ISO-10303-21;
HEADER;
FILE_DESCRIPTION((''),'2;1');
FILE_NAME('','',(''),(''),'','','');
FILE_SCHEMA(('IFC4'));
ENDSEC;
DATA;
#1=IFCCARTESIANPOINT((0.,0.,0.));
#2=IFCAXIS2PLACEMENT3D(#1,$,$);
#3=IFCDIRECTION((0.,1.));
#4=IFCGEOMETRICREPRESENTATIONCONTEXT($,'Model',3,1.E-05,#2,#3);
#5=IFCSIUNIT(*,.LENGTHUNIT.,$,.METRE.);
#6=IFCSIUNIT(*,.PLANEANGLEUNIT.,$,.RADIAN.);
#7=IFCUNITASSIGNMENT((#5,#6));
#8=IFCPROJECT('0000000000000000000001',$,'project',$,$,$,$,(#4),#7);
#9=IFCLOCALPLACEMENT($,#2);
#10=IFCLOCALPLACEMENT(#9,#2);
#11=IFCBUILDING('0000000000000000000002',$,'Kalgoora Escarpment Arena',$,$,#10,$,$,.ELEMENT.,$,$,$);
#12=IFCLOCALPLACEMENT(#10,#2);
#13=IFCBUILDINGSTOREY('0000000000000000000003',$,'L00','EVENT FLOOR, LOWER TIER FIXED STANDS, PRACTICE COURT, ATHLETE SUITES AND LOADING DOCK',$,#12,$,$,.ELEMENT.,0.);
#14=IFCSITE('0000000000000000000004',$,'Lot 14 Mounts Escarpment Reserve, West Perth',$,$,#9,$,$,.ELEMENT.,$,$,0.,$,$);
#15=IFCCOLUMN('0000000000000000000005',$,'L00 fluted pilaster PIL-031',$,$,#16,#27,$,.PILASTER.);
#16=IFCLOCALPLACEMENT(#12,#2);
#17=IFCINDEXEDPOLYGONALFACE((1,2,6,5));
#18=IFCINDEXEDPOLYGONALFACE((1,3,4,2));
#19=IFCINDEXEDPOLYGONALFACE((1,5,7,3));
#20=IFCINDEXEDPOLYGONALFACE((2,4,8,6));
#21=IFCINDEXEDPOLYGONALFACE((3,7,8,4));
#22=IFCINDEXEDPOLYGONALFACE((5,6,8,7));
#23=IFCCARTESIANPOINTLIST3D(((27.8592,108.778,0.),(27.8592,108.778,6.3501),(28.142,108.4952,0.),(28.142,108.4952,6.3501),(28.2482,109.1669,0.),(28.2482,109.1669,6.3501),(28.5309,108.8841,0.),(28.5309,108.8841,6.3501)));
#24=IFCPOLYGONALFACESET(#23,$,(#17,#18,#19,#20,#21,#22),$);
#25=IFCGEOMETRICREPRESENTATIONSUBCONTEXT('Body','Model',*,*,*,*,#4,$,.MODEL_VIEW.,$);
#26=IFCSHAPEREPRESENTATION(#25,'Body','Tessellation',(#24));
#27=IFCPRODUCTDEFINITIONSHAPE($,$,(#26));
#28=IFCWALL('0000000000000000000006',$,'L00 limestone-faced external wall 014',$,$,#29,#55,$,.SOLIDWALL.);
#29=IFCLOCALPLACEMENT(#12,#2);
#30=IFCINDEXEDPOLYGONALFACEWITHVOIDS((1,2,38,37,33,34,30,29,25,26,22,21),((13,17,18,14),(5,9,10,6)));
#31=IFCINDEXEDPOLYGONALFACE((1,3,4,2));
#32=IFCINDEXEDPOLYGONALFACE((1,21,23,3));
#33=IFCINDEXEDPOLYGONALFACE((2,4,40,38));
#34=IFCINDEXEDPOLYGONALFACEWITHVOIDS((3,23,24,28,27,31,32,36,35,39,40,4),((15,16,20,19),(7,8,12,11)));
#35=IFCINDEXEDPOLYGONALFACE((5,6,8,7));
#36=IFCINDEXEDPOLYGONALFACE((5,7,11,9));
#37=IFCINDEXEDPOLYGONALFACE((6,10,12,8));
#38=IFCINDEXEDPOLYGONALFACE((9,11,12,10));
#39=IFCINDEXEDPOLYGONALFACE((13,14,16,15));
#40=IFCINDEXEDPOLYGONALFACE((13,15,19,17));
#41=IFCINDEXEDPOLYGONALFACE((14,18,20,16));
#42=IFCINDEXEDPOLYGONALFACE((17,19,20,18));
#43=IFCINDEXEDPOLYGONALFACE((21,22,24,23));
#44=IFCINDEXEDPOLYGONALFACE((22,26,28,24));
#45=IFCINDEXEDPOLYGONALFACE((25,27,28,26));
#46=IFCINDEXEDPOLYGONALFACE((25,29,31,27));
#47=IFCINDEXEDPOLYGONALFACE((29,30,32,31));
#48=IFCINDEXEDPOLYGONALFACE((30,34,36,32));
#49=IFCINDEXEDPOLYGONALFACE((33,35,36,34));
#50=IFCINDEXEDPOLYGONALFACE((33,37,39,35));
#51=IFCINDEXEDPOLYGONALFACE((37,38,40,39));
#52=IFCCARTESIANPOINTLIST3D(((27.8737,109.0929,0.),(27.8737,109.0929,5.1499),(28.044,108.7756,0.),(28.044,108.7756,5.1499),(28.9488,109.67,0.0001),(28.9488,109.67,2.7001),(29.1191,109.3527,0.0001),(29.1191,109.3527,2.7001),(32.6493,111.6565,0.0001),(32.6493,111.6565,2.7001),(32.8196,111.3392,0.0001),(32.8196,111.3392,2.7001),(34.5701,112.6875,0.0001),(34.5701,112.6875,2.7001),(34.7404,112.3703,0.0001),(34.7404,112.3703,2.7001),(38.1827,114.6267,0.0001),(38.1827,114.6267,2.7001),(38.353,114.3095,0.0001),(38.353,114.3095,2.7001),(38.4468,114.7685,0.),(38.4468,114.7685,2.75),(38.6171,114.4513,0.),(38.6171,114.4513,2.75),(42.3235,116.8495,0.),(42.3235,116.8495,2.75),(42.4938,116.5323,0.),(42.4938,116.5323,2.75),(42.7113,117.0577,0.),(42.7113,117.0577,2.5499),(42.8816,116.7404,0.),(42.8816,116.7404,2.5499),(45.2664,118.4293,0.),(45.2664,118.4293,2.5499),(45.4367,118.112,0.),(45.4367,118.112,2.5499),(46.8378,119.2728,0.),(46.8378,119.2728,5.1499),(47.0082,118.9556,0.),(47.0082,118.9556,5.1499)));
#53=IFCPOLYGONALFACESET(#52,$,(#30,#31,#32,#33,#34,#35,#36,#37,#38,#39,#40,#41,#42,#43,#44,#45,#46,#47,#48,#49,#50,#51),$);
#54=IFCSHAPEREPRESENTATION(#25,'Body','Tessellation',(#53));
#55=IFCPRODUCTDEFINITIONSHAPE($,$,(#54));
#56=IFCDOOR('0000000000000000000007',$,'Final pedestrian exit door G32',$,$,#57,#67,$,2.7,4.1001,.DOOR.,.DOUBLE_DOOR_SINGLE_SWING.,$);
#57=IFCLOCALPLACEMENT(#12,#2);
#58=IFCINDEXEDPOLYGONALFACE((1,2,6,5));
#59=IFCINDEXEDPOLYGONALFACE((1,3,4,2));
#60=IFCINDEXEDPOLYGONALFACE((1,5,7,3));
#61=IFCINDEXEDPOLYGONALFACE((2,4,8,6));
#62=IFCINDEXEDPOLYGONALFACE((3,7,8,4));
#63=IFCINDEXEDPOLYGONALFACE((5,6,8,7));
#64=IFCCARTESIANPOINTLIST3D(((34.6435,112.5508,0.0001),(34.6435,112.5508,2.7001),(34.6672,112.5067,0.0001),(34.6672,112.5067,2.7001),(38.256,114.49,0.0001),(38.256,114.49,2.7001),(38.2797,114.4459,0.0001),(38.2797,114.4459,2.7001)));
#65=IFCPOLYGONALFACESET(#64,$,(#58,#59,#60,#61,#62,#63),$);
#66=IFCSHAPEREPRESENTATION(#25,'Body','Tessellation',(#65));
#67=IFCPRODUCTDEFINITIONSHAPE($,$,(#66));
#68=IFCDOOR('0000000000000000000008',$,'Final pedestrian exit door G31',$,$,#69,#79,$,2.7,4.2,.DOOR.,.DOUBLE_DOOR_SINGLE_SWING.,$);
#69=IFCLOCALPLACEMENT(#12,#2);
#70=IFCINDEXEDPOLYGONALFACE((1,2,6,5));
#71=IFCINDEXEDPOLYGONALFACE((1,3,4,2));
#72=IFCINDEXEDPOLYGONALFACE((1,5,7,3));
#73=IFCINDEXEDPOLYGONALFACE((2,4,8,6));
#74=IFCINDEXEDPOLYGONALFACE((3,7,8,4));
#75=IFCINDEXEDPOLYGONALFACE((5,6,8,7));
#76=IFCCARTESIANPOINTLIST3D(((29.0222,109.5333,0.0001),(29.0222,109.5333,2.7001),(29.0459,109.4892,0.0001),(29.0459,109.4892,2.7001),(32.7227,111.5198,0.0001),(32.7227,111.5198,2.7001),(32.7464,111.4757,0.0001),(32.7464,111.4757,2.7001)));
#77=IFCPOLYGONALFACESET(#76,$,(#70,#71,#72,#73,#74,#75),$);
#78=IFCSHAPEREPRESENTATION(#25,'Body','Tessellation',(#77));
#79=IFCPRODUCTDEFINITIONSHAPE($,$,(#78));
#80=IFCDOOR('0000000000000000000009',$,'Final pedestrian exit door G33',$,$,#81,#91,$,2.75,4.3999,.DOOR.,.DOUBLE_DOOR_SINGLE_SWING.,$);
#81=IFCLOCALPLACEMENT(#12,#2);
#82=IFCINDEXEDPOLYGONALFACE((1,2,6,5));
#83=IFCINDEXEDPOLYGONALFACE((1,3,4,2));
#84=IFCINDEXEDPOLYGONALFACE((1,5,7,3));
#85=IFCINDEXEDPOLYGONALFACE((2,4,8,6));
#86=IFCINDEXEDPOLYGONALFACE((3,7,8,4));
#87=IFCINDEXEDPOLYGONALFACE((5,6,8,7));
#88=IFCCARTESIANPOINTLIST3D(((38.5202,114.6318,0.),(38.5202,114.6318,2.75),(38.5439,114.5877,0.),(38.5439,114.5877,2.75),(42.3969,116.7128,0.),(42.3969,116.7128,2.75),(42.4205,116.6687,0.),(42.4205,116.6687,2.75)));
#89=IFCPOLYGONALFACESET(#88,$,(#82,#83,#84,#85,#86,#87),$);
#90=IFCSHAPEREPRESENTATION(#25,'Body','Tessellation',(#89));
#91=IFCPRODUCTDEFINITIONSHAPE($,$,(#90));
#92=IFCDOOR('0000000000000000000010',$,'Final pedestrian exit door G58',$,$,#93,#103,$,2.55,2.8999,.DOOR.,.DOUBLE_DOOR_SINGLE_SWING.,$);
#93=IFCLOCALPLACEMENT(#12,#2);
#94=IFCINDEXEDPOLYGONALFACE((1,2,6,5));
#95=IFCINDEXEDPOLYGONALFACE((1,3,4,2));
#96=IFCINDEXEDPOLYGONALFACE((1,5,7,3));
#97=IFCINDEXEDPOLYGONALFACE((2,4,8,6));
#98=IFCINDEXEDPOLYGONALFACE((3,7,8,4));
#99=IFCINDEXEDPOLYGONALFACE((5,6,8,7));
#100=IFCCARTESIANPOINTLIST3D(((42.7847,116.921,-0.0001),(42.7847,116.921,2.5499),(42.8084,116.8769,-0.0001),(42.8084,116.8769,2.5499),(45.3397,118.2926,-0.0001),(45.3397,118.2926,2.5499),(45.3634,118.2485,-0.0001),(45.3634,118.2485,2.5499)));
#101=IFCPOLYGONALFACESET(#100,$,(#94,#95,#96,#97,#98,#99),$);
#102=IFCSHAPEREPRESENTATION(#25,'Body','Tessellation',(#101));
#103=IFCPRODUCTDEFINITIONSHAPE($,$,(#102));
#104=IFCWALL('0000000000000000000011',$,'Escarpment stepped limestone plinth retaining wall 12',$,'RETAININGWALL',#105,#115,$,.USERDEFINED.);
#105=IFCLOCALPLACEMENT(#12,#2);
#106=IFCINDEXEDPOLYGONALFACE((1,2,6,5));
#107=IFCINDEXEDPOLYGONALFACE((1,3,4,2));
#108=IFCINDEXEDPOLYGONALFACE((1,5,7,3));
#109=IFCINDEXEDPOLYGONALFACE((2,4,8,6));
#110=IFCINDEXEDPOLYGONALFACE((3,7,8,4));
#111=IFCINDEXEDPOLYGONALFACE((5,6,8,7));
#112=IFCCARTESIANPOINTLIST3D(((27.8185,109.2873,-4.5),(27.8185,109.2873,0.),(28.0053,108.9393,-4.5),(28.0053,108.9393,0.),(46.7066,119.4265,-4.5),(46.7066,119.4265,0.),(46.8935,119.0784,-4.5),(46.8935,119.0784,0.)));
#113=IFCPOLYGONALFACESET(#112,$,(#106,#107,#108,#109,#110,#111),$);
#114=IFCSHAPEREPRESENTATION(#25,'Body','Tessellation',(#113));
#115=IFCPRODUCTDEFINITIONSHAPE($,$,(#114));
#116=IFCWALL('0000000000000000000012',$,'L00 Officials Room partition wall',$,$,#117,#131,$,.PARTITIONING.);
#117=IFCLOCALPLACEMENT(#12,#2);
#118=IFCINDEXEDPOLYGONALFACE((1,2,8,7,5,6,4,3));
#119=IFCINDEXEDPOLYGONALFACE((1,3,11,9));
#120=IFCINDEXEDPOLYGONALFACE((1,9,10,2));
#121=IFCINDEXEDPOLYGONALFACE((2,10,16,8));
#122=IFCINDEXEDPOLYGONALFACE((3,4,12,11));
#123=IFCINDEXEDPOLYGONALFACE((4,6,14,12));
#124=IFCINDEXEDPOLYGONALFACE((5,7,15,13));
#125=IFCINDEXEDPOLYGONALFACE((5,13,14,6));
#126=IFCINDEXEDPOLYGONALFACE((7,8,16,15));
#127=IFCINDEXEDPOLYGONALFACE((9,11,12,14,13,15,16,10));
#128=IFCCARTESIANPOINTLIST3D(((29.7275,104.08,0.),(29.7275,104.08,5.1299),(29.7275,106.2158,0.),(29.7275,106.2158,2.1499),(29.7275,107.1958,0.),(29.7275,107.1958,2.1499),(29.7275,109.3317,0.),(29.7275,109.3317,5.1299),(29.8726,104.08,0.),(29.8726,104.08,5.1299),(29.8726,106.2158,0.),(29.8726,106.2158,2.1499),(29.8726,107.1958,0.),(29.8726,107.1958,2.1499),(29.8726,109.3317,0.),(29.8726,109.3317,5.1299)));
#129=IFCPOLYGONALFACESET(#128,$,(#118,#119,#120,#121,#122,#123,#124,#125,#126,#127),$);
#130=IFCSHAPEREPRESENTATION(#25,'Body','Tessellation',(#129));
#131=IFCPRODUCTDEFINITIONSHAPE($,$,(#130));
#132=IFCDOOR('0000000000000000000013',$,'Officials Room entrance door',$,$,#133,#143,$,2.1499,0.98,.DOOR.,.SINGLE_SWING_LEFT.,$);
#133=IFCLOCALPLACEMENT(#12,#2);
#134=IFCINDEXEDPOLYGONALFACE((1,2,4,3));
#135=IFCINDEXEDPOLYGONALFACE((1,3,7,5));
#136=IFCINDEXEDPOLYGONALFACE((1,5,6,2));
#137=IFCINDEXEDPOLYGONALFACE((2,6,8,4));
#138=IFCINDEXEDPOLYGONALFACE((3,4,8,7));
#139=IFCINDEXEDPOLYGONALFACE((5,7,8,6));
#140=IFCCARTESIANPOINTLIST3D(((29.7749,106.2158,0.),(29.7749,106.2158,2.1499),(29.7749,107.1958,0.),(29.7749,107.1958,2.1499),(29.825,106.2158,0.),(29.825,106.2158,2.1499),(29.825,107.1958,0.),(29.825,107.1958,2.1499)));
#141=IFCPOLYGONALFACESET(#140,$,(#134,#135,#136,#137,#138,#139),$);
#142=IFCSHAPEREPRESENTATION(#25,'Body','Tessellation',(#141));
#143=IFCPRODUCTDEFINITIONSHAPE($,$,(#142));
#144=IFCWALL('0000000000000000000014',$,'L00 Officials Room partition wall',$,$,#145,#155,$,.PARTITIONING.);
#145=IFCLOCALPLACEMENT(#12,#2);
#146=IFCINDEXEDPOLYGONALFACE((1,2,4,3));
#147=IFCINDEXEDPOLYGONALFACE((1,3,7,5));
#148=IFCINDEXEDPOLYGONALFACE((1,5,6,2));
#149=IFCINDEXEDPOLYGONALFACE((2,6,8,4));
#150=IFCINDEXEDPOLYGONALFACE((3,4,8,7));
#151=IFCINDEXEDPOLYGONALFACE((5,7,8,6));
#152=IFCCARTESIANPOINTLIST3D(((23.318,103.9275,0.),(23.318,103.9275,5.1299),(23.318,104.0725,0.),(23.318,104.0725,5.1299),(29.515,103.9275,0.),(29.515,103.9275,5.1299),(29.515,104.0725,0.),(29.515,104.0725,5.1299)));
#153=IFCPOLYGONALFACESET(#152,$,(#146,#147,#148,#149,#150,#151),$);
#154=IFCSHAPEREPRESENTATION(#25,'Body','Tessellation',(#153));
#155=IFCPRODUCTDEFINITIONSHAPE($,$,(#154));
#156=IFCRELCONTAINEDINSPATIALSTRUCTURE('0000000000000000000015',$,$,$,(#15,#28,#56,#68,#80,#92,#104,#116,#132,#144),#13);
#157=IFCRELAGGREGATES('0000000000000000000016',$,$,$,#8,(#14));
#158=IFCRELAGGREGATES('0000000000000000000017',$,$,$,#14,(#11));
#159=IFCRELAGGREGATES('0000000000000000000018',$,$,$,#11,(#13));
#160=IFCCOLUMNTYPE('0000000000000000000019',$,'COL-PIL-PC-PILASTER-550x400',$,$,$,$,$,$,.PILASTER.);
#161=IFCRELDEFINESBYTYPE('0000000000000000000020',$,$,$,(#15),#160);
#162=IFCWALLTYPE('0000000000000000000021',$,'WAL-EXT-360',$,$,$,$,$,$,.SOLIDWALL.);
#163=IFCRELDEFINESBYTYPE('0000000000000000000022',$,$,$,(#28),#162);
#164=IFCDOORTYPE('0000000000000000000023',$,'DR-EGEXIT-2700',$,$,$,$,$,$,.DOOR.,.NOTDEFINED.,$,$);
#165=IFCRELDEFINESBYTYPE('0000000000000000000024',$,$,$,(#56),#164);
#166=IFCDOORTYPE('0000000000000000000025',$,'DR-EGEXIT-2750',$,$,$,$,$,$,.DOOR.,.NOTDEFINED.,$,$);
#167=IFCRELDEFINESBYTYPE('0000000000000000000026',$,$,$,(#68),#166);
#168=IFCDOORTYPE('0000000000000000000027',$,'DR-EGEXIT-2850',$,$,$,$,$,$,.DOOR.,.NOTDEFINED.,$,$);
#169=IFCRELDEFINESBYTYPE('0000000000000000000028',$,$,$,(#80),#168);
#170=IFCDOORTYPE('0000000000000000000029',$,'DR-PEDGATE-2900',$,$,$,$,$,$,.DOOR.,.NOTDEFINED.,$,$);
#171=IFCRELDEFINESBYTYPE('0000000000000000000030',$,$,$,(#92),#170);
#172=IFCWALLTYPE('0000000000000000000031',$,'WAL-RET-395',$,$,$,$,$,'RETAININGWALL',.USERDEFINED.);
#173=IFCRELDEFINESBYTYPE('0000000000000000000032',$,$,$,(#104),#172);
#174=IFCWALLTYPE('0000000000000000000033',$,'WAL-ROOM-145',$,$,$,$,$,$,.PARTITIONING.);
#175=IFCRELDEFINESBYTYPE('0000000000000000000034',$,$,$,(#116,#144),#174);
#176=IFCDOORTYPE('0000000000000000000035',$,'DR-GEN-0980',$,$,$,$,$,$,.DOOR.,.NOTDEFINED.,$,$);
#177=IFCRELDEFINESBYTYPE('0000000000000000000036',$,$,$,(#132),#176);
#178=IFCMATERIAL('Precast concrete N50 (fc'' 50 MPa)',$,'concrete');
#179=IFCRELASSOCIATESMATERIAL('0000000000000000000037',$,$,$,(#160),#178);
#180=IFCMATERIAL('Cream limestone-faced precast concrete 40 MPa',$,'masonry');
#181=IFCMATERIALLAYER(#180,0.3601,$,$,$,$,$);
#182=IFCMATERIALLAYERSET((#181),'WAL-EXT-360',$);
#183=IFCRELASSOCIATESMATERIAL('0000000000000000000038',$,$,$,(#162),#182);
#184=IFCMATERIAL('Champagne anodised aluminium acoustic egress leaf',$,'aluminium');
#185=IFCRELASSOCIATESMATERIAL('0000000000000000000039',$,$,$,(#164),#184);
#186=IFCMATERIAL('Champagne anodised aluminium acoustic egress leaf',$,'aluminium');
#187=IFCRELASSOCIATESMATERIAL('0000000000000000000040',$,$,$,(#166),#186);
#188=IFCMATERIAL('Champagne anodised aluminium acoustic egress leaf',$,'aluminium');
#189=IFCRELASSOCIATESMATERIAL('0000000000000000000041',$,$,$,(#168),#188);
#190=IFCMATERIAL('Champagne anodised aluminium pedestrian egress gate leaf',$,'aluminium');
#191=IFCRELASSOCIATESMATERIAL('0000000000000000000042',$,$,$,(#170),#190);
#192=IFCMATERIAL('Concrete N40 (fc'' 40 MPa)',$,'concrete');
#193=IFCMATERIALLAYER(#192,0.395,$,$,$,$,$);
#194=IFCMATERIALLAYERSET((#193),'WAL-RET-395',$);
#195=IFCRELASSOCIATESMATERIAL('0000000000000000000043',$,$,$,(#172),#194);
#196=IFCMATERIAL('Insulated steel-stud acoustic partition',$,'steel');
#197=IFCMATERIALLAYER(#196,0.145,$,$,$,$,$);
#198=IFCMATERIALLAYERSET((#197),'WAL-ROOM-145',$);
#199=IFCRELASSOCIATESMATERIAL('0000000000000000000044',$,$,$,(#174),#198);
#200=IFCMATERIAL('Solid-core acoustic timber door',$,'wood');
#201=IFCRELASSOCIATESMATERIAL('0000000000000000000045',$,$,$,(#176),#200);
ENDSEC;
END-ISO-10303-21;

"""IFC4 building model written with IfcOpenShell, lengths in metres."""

from ifc_helpers import new_model, si_unit, direction, frame, frame_2d, origin, origin_2d, place, context, subcontext, project, spatial, rectangle, extrude, material, layer, layer_set, material_profile, profile_set, type_object, element, fill, save


model = new_model("IFC4")

# Units and contexts
model_context = context("Model", 3, precision=1e-05, world=origin(), true_north=direction((0.0, 1.0)))
body_context = subcontext(model_context, "Body", "Model", "MODEL_VIEW")
ifc_project = project(units=[si_unit("LENGTHUNIT", "METRE"), si_unit("PLANEANGLEUNIT", "RADIAN")], contexts=[model_context])

# Site, building, storey
site_placement = place(None, origin())
site = spatial("IfcSite", under=ifc_project, at=site_placement, Name="Lot 14 Mounts Escarpment Reserve, West Perth", CompositionType="ELEMENT", RefElevation=0.0)
building_placement = place(site_placement, origin())
building = spatial("IfcBuilding", under=site, at=building_placement, Name="Kalgoora Escarpment Arena", CompositionType="ELEMENT")
storey_placement = place(building_placement, origin())
storey = spatial("IfcBuildingStorey", under=building, at=storey_placement, Name="L00", Description="EVENT FLOOR, LOWER TIER FIXED STANDS, PRACTICE COURT, ATHLETE SUITES AND LOADING DOCK", CompositionType="ELEMENT", Elevation=0.0)

# Column
ifc_material_1 = material(Name="Precast concrete N50 (fc' 50 MPa)", Category="concrete")
ifc_material_profile_1 = material_profile(ifc_material_1, rectangle(XDim=0.3999, YDim=0.55, at=origin_2d()))
ifc_profile_set_1 = profile_set([ifc_material_profile_1], Name="Precast concrete N50 (fc' 50 MPa)")
column_type_1 = type_object("IfcColumnType", Name="COL-PIL-PC-PILASTER-550x400", PredefinedType="PILASTER", material=ifc_profile_set_1)
column_1_placement = place(storey_placement, frame((28.1951, 108.8311, 0.0), z_axis=(0.0, 0.0, 1.0), x_axis=(-0.707107, 0.707107, 0.0)))
element("IfcColumn", 1, at=column_1_placement, inside=storey, type_object=column_type_1, Name="L00 fluted pilaster PIL-031", PredefinedType="PILASTER", context=body_context, shape_type="SweptSolid", body=[
    extrude(rectangle(XDim=0.3999, YDim=0.55, at=origin_2d()), origin(), (0.0, 0.0, 1.0), 6.3501),
])

# Wall, openings, doors
ifc_material_2 = material(Name="Cream limestone-faced precast concrete 40 MPa", Category="masonry")
ifc_layer_1 = layer(ifc_material_2, 0.3601)
ifc_layer_set_1 = layer_set([ifc_layer_1], Name="WAL-EXT-360")
wall_type_1 = type_object("IfcWallType", Name="WAL-EXT-360", PredefinedType="SOLIDWALL", material=ifc_layer_set_1)
wall_1_placement = place(storey_placement, frame((27.959, 108.9343, 0.0), z_axis=(0.0, 0.0, 1.0), x_axis=(0.881082, 0.472964, 0.0)))
wall_1 = element("IfcWall", 2, at=wall_1_placement, inside=storey, type_object=wall_type_1, Name="L00 limestone-faced external wall 014", PredefinedType="SOLIDWALL", context=body_context, shape_type="SweptSolid", body=[
    extrude(rectangle(XDim=21.5237, YDim=0.3601, at=frame_2d((10.7617, 0.0))), origin(), (0.0, 0.0, 1.0), 5.1499),
])
opening_1_placement = place(wall_1_placement, frame((1.22, 0.0, 0.0)))
opening_1 = element("IfcOpeningElement", 3, at=opening_1_placement, cuts=wall_1, PredefinedType="OPENING", context=body_context, shape_type="SweptSolid", body=[
    extrude(rectangle(XDim=4.2, YDim=2.7, at=frame_2d((2.1001, 1.3501))), frame((0.0, 0.1899, 0.0), z_axis=(0.0, -1.0, 0.0), x_axis=(1.0, 0.0, 0.0)), (0.0, 0.0, 1.0), 0.3801),
])
opening_2_placement = place(wall_1_placement, frame((7.6001, 0.0, 0.0)))
opening_2 = element("IfcOpeningElement", 4, at=opening_2_placement, cuts=wall_1, PredefinedType="OPENING", context=body_context, shape_type="SweptSolid", body=[
    extrude(rectangle(XDim=4.1001, YDim=2.7, at=frame_2d((2.05, 1.3501))), frame((0.0, 0.1899, 0.0), z_axis=(0.0, -1.0, 0.0), x_axis=(1.0, 0.0, 0.0)), (0.0, 0.0, 1.0), 0.3801),
])
opening_3_placement = place(wall_1_placement, frame((12.0, 0.0, 0.0)))
opening_3 = element("IfcOpeningElement", 5, at=opening_3_placement, cuts=wall_1, PredefinedType="OPENING", context=body_context, shape_type="SweptSolid", body=[
    extrude(rectangle(XDim=4.3999, YDim=2.75, at=frame_2d((2.2, 1.375))), frame((0.0, 0.1899, 0.0), z_axis=(0.0, -1.0, 0.0), x_axis=(1.0, 0.0, 0.0)), (0.0, 0.0, 1.0), 0.3801),
])
opening_4_placement = place(wall_1_placement, frame((16.8401, 0.0, 0.0)))
opening_4 = element("IfcOpeningElement", 6, at=opening_4_placement, cuts=wall_1, PredefinedType="OPENING", context=body_context, shape_type="SweptSolid", body=[
    extrude(rectangle(XDim=2.8999, YDim=2.55, at=frame_2d((1.45, 1.2749))), frame((0.0, 0.1899, 0.0), z_axis=(0.0, -1.0, 0.0), x_axis=(1.0, 0.0, 0.0)), (0.0, 0.0, 1.0), 0.3801),
])
ifc_material_3 = material(Name="Champagne anodised aluminium acoustic egress leaf", Category="aluminium")
door_type_1 = type_object("IfcDoorType", Name="DR-EGEXIT-2700", OperationType="NOTDEFINED", PredefinedType="DOOR", material=ifc_material_3)
door_1_placement = place(opening_2_placement, origin())
door_1 = element("IfcDoor", 7, at=door_1_placement, inside=storey, type_object=door_type_1, Name="Final pedestrian exit door G32", OperationType="DOUBLE_DOOR_SINGLE_SWING", OverallHeight=2.7, OverallWidth=4.1001, PredefinedType="DOOR", context=body_context, shape_type="SweptSolid", body=[
    extrude(rectangle(XDim=4.1001, YDim=2.7, at=frame_2d((2.05, 1.3501))), frame((0.0, 0.0249, 0.0), z_axis=(0.0, -1.0, 0.0), x_axis=(1.0, 0.0, 0.0)), (0.0, 0.0, 1.0), 0.05),
])
fill(opening_2, door_1)
ifc_material_4 = material(Name="Champagne anodised aluminium acoustic egress leaf", Category="aluminium")
door_type_2 = type_object("IfcDoorType", Name="DR-EGEXIT-2750", OperationType="NOTDEFINED", PredefinedType="DOOR", material=ifc_material_4)
door_2_placement = place(opening_1_placement, origin())
door_2 = element("IfcDoor", 8, at=door_2_placement, inside=storey, type_object=door_type_2, Name="Final pedestrian exit door G31", OperationType="DOUBLE_DOOR_SINGLE_SWING", OverallHeight=2.7, OverallWidth=4.2, PredefinedType="DOOR", context=body_context, shape_type="SweptSolid", body=[
    extrude(rectangle(XDim=4.2, YDim=2.7, at=frame_2d((2.1001, 1.3501))), frame((0.0, 0.0249, 0.0), z_axis=(0.0, -1.0, 0.0), x_axis=(1.0, 0.0, 0.0)), (0.0, 0.0, 1.0), 0.05),
])
fill(opening_1, door_2)
ifc_material_5 = material(Name="Champagne anodised aluminium acoustic egress leaf", Category="aluminium")
door_type_3 = type_object("IfcDoorType", Name="DR-EGEXIT-2850", OperationType="NOTDEFINED", PredefinedType="DOOR", material=ifc_material_5)
door_3_placement = place(opening_3_placement, origin())
door_3 = element("IfcDoor", 9, at=door_3_placement, inside=storey, type_object=door_type_3, Name="Final pedestrian exit door G33", OperationType="DOUBLE_DOOR_SINGLE_SWING", OverallHeight=2.75, OverallWidth=4.3999, PredefinedType="DOOR", context=body_context, shape_type="SweptSolid", body=[
    extrude(rectangle(XDim=4.3999, YDim=2.75, at=frame_2d((2.2, 1.375))), frame((0.0, 0.0249, 0.0), z_axis=(0.0, -1.0, 0.0), x_axis=(1.0, 0.0, 0.0)), (0.0, 0.0, 1.0), 0.05),
])
fill(opening_3, door_3)
ifc_material_6 = material(Name="Champagne anodised aluminium pedestrian egress gate leaf", Category="aluminium")
door_type_4 = type_object("IfcDoorType", Name="DR-PEDGATE-2900", OperationType="NOTDEFINED", PredefinedType="DOOR", material=ifc_material_6)
door_4_placement = place(opening_4_placement, origin())
door_4 = element("IfcDoor", 10, at=door_4_placement, inside=storey, type_object=door_type_4, Name="Final pedestrian exit door G58", OperationType="DOUBLE_DOOR_SINGLE_SWING", OverallHeight=2.55, OverallWidth=2.8999, PredefinedType="DOOR", context=body_context, shape_type="SweptSolid", body=[
    extrude(rectangle(XDim=2.8999, YDim=2.55, at=frame_2d((1.45, 1.2749))), frame((0.0, 0.0249, 0.0), z_axis=(0.0, -1.0, 0.0), x_axis=(1.0, 0.0, 0.0)), (0.0, 0.0, 1.0), 0.05),
])
fill(opening_4, door_4)

# Wall
ifc_material_7 = material(Name="Concrete N40 (fc' 40 MPa)", Category="concrete")
ifc_layer_2 = layer(ifc_material_7, 0.395)
ifc_layer_set_2 = layer_set([ifc_layer_2], Name="WAL-RET-395")
wall_type_2 = type_object("IfcWallType", Name="WAL-RET-395", ElementType="RETAININGWALL", PredefinedType="USERDEFINED", material=ifc_layer_set_2)
wall_2_placement = place(storey_placement, frame((27.9119, 109.1133, -4.5), z_axis=(0.0, 0.0, 1.0), x_axis=(0.881082, 0.472964, 0.0)))
element("IfcWall", 11, at=wall_2_placement, inside=storey, type_object=wall_type_2, Name="Escarpment stepped limestone plinth retaining wall 12", ObjectType="RETAININGWALL", PredefinedType="USERDEFINED", context=body_context, shape_type="SweptSolid", body=[
    extrude(rectangle(XDim=21.4375, YDim=0.395, at=frame_2d((10.7188, 0.0))), origin(), (0.0, 0.0, 1.0), 4.5),
])

# Wall, opening, door
ifc_material_8 = material(Name="Insulated steel-stud acoustic partition", Category="steel")
ifc_layer_3 = layer(ifc_material_8, 0.145)
ifc_layer_set_3 = layer_set([ifc_layer_3], Name="WAL-ROOM-145")
wall_type_3 = type_object("IfcWallType", Name="WAL-ROOM-145", PredefinedType="PARTITIONING", material=ifc_layer_set_3)
wall_3_placement = place(storey_placement, frame((29.8, 109.3318, 0.0), z_axis=(0.0, 0.0, 1.0), x_axis=(0.0, -1.0, 0.0)))
wall_3 = element("IfcWall", 12, at=wall_3_placement, inside=storey, type_object=wall_type_3, Name="L00 Officials Room partition wall", PredefinedType="PARTITIONING", context=body_context, shape_type="SweptSolid", body=[
    extrude(rectangle(XDim=5.2517, YDim=0.145, at=frame_2d((2.626, 0.0))), origin(), (0.0, 0.0, 1.0), 5.1299),
])
opening_5_placement = place(wall_3_placement, frame((2.136, 0.0, 0.0)))
opening_5 = element("IfcOpeningElement", 13, at=opening_5_placement, cuts=wall_3, PredefinedType="OPENING", context=body_context, shape_type="SweptSolid", body=[
    extrude(rectangle(XDim=0.98, YDim=2.1499, at=frame_2d((0.49, 1.075))), frame((0.0, 0.0825, 0.0), z_axis=(0.0, -1.0, 0.0), x_axis=(1.0, 0.0, 0.0)), (0.0, 0.0, 1.0), 0.165),
])
ifc_material_9 = material(Name="Solid-core acoustic timber door", Category="wood")
door_type_5 = type_object("IfcDoorType", Name="DR-GEN-0980", OperationType="NOTDEFINED", PredefinedType="DOOR", material=ifc_material_9)
door_5_placement = place(opening_5_placement, origin())
door_5 = element("IfcDoor", 14, at=door_5_placement, inside=storey, type_object=door_type_5, Name="Officials Room entrance door", OperationType="SINGLE_SWING_LEFT", OverallHeight=2.1499, OverallWidth=0.98, PredefinedType="DOOR", context=body_context, shape_type="SweptSolid", body=[
    extrude(rectangle(XDim=0.98, YDim=2.1499, at=frame_2d((0.49, 1.075))), frame((0.0, 0.0249, 0.0), z_axis=(0.0, -1.0, 0.0), x_axis=(1.0, 0.0, 0.0)), (0.0, 0.0, 1.0), 0.05),
])
fill(opening_5, door_5)

# Wall
wall_4_placement = place(storey_placement, frame((29.5151, 104.0, 0.0), z_axis=(0.0, 0.0, 1.0), x_axis=(-1.0, 0.0, 0.0)))
element("IfcWall", 15, at=wall_4_placement, inside=storey, type_object=wall_type_3, Name="L00 Officials Room partition wall", PredefinedType="PARTITIONING", context=body_context, shape_type="SweptSolid", body=[
    extrude(rectangle(XDim=6.197, YDim=0.145, at=frame_2d((3.0986, 0.0))), origin(), (0.0, 0.0, 1.0), 5.1299),
])

save(model, "model.ifc")
